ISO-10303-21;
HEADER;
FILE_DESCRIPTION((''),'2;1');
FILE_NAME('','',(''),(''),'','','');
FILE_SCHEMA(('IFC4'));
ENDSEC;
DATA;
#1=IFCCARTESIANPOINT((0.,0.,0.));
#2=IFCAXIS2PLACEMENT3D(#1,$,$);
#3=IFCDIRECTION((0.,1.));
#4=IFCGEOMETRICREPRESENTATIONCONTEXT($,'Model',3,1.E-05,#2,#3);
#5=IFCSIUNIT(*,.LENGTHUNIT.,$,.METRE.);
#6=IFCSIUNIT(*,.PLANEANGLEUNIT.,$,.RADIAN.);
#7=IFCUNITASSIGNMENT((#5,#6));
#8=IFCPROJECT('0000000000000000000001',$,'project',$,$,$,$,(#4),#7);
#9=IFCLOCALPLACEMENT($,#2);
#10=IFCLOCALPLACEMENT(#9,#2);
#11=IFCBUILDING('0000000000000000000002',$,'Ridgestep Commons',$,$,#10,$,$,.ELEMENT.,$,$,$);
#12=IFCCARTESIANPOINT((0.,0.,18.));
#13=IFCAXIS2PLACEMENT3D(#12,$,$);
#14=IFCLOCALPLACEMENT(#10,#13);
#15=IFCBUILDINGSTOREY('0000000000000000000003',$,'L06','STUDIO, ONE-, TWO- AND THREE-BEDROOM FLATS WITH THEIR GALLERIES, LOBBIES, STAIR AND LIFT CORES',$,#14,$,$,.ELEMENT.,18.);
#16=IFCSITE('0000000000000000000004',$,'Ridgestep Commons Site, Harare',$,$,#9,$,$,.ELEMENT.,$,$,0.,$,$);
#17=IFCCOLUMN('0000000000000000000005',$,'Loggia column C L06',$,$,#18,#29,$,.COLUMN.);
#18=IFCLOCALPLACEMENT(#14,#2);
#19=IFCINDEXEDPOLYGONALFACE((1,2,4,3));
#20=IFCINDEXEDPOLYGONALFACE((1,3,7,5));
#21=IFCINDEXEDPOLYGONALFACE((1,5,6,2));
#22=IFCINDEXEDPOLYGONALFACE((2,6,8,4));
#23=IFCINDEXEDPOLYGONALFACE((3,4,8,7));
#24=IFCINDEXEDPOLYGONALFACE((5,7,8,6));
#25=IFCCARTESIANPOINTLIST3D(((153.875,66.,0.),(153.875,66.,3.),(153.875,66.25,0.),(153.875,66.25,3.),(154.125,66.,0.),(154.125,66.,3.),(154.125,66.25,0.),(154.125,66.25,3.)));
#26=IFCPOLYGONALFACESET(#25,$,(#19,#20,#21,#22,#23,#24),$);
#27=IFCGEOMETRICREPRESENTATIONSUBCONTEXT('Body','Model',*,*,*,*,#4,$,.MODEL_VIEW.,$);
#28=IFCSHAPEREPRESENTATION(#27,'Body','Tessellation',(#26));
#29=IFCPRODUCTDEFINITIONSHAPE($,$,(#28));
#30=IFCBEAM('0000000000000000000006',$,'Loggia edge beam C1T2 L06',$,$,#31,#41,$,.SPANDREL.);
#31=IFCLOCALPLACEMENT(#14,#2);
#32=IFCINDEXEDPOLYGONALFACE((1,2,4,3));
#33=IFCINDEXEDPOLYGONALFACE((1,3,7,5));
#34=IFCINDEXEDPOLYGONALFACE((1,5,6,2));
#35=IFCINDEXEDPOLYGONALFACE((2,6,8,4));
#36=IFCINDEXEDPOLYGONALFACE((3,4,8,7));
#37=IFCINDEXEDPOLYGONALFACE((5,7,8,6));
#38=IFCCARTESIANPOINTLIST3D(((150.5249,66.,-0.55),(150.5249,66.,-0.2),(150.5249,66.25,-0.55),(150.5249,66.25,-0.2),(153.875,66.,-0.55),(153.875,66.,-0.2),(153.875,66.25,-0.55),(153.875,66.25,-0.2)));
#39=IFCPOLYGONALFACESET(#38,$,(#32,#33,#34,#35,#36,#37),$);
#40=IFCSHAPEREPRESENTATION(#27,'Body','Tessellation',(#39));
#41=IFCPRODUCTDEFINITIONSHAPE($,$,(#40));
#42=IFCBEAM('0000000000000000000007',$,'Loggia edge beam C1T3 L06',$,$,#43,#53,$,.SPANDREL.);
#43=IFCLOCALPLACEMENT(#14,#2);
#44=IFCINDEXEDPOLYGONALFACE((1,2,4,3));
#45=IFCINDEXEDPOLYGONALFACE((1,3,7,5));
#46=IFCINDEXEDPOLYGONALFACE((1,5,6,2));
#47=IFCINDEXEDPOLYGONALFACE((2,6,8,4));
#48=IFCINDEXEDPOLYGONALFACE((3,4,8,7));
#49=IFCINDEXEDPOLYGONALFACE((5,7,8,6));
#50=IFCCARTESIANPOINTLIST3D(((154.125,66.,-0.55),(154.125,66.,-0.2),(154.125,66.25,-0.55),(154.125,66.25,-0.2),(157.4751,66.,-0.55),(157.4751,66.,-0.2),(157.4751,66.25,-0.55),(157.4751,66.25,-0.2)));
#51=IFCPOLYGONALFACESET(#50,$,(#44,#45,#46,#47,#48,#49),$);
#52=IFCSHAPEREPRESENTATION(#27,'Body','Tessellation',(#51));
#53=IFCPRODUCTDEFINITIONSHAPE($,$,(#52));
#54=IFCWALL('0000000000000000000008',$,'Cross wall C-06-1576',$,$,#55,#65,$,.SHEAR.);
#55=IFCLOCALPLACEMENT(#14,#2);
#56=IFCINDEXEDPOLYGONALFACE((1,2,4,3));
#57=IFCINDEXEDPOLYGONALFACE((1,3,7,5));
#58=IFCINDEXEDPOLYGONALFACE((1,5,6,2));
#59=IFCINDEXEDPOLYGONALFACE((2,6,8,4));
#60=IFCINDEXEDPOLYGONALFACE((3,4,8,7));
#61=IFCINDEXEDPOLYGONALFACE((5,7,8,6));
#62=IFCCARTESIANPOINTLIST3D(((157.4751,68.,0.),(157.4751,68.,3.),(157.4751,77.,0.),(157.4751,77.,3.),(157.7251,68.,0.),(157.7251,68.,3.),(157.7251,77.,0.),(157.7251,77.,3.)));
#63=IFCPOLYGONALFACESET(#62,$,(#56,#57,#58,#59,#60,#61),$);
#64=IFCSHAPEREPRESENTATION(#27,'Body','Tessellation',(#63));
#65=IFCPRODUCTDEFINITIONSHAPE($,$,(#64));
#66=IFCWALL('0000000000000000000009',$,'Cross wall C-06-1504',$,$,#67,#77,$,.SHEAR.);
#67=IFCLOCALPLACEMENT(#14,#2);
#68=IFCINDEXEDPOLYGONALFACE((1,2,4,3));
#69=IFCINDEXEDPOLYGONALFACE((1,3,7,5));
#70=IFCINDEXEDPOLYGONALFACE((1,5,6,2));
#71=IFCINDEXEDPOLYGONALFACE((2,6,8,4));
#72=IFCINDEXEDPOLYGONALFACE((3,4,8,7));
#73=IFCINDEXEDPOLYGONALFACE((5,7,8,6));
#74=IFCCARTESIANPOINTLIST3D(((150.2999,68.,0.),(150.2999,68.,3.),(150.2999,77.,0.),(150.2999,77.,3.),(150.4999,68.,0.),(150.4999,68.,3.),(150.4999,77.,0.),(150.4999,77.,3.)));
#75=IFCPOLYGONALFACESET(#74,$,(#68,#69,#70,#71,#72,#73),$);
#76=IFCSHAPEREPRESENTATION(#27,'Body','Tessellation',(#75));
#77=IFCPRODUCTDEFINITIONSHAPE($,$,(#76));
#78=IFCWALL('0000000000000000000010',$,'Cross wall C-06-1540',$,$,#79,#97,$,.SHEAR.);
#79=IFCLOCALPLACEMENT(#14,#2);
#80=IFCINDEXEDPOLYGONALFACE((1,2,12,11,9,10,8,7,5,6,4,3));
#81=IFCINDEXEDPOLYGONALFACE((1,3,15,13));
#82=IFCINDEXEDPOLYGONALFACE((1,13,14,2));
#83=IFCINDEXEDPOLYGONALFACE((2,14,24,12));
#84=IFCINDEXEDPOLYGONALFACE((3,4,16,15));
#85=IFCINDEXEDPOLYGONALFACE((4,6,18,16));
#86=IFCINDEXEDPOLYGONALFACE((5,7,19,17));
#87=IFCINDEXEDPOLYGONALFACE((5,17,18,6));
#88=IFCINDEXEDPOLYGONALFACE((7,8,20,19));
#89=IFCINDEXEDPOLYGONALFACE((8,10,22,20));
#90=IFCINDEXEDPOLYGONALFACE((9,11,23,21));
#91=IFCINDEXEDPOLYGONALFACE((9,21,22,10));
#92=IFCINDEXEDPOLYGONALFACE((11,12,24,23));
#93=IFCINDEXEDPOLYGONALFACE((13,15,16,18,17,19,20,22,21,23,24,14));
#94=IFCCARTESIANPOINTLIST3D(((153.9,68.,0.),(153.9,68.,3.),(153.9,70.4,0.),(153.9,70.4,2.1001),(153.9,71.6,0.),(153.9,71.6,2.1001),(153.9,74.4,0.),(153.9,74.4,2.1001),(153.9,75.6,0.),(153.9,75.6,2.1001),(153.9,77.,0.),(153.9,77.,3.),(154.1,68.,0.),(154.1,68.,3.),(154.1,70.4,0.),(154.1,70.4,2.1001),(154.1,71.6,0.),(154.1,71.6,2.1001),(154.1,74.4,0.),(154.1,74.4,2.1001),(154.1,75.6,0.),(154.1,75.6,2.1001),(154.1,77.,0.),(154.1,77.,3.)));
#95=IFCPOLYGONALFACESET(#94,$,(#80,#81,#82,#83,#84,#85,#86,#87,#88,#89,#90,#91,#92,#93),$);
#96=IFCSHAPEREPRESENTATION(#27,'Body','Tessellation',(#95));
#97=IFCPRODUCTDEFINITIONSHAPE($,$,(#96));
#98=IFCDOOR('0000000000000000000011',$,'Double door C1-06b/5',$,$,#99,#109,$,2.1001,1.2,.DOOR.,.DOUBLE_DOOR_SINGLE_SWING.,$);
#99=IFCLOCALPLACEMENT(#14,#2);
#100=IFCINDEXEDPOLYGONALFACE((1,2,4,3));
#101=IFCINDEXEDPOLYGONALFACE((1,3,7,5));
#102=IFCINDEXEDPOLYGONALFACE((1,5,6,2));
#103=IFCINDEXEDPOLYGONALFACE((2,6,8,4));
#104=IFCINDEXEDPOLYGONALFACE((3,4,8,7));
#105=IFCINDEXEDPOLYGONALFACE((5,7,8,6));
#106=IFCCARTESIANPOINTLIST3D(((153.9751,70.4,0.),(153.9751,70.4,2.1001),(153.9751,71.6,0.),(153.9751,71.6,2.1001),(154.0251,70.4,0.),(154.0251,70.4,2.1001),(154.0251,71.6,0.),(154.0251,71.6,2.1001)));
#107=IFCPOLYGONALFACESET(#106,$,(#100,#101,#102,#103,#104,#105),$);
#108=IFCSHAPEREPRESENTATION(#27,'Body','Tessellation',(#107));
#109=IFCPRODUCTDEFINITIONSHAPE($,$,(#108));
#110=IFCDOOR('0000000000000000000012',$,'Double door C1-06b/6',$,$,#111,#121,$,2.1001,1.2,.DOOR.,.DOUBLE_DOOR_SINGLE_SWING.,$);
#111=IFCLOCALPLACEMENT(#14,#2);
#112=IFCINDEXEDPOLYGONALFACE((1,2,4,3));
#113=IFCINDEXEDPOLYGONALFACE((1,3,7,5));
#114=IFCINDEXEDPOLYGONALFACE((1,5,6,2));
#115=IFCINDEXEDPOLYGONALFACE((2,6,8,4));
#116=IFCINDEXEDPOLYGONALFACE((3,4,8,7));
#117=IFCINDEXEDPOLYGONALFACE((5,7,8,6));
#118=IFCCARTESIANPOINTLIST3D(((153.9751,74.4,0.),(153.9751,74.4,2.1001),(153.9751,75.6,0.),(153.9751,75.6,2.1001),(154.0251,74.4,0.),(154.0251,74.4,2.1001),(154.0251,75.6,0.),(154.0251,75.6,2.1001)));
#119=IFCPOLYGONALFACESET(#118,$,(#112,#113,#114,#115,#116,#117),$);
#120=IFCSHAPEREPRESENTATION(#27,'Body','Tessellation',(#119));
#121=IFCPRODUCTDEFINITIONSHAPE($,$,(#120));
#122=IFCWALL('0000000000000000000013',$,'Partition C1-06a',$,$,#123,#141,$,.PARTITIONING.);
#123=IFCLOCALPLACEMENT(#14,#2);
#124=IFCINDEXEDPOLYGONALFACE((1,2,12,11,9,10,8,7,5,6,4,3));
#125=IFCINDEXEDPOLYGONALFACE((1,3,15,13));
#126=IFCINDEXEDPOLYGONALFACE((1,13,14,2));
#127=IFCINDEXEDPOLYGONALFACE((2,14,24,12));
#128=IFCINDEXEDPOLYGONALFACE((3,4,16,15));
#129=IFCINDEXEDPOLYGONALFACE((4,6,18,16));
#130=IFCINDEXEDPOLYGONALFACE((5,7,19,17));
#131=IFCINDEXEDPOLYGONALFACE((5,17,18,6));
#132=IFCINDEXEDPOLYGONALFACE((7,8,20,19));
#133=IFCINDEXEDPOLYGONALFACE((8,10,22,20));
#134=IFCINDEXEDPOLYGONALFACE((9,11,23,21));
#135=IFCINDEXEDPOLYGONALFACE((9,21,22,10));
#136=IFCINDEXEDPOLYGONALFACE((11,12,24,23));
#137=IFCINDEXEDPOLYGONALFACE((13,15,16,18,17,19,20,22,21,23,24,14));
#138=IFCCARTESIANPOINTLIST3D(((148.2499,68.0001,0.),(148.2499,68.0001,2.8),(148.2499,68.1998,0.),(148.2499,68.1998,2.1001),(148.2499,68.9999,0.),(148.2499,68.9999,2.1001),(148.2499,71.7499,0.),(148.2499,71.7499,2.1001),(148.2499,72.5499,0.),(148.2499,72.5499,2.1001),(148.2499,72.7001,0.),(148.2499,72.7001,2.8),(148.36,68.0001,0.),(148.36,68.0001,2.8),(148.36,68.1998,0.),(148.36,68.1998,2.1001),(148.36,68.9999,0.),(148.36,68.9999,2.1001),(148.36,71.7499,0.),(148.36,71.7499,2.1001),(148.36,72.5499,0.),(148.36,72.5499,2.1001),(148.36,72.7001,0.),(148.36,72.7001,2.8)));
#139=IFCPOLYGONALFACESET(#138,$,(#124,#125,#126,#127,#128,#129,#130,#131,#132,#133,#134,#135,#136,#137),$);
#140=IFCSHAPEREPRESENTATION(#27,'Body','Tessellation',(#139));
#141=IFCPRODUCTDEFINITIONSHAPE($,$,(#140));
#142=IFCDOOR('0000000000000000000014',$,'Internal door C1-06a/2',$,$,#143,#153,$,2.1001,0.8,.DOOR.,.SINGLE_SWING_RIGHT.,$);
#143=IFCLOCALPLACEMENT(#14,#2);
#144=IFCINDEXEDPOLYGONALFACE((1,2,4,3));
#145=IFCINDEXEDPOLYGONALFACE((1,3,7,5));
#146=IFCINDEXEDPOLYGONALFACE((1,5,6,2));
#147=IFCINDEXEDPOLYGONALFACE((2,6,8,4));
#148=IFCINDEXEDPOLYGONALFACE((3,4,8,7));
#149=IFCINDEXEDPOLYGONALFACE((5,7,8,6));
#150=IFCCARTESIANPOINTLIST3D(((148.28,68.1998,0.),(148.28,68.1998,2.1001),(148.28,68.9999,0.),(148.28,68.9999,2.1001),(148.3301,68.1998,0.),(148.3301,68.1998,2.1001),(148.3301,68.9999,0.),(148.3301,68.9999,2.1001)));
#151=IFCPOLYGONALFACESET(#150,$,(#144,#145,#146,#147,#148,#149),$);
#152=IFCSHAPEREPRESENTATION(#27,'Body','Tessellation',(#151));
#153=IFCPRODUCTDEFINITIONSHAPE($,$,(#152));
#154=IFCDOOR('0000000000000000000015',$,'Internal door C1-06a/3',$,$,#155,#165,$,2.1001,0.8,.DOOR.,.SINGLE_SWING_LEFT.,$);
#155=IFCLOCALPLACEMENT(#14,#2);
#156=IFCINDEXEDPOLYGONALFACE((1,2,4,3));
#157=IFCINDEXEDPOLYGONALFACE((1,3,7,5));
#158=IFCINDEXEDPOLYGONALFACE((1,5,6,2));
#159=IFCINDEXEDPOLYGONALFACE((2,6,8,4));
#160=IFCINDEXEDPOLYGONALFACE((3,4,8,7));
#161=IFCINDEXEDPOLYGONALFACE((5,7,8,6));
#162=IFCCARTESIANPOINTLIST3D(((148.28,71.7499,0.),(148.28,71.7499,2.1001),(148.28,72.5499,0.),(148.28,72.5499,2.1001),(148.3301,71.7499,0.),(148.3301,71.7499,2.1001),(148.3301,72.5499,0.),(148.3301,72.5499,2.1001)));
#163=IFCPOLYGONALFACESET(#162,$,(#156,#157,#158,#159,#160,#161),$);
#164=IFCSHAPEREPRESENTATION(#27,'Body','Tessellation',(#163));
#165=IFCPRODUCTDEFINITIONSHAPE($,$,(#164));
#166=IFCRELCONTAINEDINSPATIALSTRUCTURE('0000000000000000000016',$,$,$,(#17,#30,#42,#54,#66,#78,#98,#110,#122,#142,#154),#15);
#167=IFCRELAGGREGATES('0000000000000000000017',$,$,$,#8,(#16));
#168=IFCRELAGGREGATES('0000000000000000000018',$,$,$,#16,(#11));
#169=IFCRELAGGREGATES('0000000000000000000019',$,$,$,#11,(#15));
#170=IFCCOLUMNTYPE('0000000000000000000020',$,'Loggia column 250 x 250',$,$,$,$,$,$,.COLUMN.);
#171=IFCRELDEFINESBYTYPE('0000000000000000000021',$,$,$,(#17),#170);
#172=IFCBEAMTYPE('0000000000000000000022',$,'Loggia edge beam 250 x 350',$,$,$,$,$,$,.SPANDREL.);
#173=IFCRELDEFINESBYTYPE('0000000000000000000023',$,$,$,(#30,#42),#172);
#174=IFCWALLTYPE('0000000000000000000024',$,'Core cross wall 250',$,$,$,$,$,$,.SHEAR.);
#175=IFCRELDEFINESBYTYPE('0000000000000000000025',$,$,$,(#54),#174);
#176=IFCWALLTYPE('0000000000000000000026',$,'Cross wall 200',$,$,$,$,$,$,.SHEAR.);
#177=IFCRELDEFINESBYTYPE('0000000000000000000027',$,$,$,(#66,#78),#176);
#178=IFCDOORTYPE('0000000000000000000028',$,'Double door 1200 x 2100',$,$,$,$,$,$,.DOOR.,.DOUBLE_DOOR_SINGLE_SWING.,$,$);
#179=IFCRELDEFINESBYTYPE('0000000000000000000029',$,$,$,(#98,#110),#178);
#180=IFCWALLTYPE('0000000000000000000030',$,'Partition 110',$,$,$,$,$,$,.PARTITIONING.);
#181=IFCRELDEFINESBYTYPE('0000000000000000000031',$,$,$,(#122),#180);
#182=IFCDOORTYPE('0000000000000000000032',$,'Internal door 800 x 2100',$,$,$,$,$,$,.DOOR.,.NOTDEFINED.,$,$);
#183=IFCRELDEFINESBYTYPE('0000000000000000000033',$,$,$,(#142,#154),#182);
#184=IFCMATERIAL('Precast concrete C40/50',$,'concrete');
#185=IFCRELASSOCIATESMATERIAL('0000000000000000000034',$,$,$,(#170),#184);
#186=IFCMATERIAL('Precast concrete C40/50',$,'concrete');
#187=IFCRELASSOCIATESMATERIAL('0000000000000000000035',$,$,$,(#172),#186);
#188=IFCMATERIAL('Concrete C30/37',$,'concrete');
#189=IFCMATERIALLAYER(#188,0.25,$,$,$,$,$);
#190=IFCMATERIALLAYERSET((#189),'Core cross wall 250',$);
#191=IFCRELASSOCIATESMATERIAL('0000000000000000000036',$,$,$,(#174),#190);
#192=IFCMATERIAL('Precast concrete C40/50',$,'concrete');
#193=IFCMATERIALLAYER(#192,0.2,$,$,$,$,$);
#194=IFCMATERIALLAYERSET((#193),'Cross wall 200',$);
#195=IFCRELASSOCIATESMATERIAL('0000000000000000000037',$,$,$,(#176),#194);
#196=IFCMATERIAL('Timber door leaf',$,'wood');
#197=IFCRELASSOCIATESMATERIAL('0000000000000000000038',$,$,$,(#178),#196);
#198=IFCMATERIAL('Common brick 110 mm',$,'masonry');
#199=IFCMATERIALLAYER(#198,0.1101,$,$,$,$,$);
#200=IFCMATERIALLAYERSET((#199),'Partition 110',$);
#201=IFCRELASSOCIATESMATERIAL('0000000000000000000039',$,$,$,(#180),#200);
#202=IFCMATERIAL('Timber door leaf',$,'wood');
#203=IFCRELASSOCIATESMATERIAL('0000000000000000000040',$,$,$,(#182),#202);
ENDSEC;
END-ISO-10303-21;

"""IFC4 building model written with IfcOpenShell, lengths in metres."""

from ifc_helpers import new_model, si_unit, direction, frame, frame_2d, origin, origin_2d, place, context, subcontext, project, spatial, rectangle, extrude, material, layer, layer_set, material_profile, profile_set, type_object, element, fill, save


model = new_model("IFC4")

# Units and contexts
model_context = context("Model", 3, precision=1e-05, world=origin(), true_north=direction((0.0, 1.0)))
body_context = subcontext(model_context, "Body", "Model", "MODEL_VIEW")
ifc_project = project(units=[si_unit("LENGTHUNIT", "METRE"), si_unit("PLANEANGLEUNIT", "RADIAN")], contexts=[model_context])

# Site, building, storey
site_placement = place(None, origin())
site = spatial("IfcSite", under=ifc_project, at=site_placement, Name="Ridgestep Commons Site, Harare", CompositionType="ELEMENT", RefElevation=0.0)
building_placement = place(site_placement, origin())
building = spatial("IfcBuilding", under=site, at=building_placement, Name="Ridgestep Commons", CompositionType="ELEMENT")
storey_placement = place(building_placement, frame((0.0, 0.0, 18.0)))
storey = spatial("IfcBuildingStorey", under=building, at=storey_placement, Name="L06", Description="STUDIO, ONE-, TWO- AND THREE-BEDROOM FLATS WITH THEIR GALLERIES, LOBBIES, STAIR AND LIFT CORES", CompositionType="ELEMENT", Elevation=18.0)

# Column
ifc_material_1 = material(Name="Precast concrete C40/50", Category="concrete")
ifc_material_profile_1 = material_profile(ifc_material_1, rectangle(XDim=0.25, YDim=0.25, at=origin_2d()), Name="PC 250x250")
ifc_profile_set_1 = profile_set([ifc_material_profile_1], Name="Precast concrete C40/50")
column_type = type_object("IfcColumnType", Name="Loggia column 250 x 250", PredefinedType="COLUMN", material=ifc_profile_set_1)
column_placement = place(storey_placement, frame((154.0, 66.125, 0.0), z_axis=(0.0, 0.0, 1.0), x_axis=(1.0, 0.0, 0.0)))
element("IfcColumn", 1, at=column_placement, inside=storey, type_object=column_type, Name="Loggia column C L06", PredefinedType="COLUMN", context=body_context, shape_type="SweptSolid", body=[
    extrude(rectangle(XDim=0.25, YDim=0.25, at=origin_2d()), origin(), (0.0, 0.0, 1.0), 3.0),
])

# Beams
ifc_material_2 = material(Name="Precast concrete C40/50", Category="concrete")
ifc_material_profile_2 = material_profile(ifc_material_2, rectangle(XDim=0.25, YDim=0.3501, at=origin_2d()), Name="PC 250x350")
ifc_profile_set_2 = profile_set([ifc_material_profile_2], Name="Precast concrete C40/50")
beam_type = type_object("IfcBeamType", Name="Loggia edge beam 250 x 350", PredefinedType="SPANDREL", material=ifc_profile_set_2)
for number, where, z_axis, x_axis, name in (
    (2, (150.5249, 66.125, -0.375), (1.0, 0.0, 0.0), (0.0, 1.0, 0.0), "Loggia edge beam C1T2 L06"),
    (3, (154.125, 66.125, -0.375), (1.0, 0.0, 0.0), (0.0, 1.0, 0.0), "Loggia edge beam C1T3 L06"),
):
    element("IfcBeam", number, at=place(storey_placement, frame(where, z_axis=z_axis, x_axis=x_axis)), inside=storey, type_object=beam_type, Name=name, PredefinedType="SPANDREL", context=body_context, shape_type="SweptSolid", body=[
        extrude(rectangle(XDim=0.25, YDim=0.3501, at=origin_2d()), origin(), (0.0, 0.0, 1.0), 3.3501),
    ])

# Walls
ifc_material_3 = material(Name="Concrete C30/37", Category="concrete")
ifc_layer_1 = layer(ifc_material_3, 0.25)
ifc_layer_set_1 = layer_set([ifc_layer_1], Name="Core cross wall 250")
wall_type_1 = type_object("IfcWallType", Name="Core cross wall 250", PredefinedType="SHEAR", material=ifc_layer_set_1)
wall_1_placement = place(storey_placement, frame((157.6001, 68.0, 0.0), z_axis=(0.0, 0.0, 1.0), x_axis=(0.0, 1.0, 0.0)))
element("IfcWall", 4, at=wall_1_placement, inside=storey, type_object=wall_type_1, Name="Cross wall C-06-1576", PredefinedType="SHEAR", context=body_context, shape_type="SweptSolid", body=[
    extrude(rectangle(XDim=9.0, YDim=0.25, at=frame_2d((4.5, 0.0))), origin(), (0.0, 0.0, 1.0), 3.0),
])
ifc_material_4 = material(Name="Precast concrete C40/50", Category="concrete")
ifc_layer_2 = layer(ifc_material_4, 0.2)
ifc_layer_set_2 = layer_set([ifc_layer_2], Name="Cross wall 200")
wall_type_2 = type_object("IfcWallType", Name="Cross wall 200", PredefinedType="SHEAR", material=ifc_layer_set_2)
wall_2_placement = place(storey_placement, frame((150.3999, 68.0, 0.0), z_axis=(0.0, 0.0, 1.0), x_axis=(0.0, 1.0, 0.0)))
element("IfcWall", 5, at=wall_2_placement, inside=storey, type_object=wall_type_2, Name="Cross wall C-06-1504", PredefinedType="SHEAR", context=body_context, shape_type="SweptSolid", body=[
    extrude(rectangle(XDim=9.0, YDim=0.2, at=frame_2d((4.5, 0.0))), origin(), (0.0, 0.0, 1.0), 3.0),
])

# Walls, openings, doors
wall_3_placement = place(storey_placement, frame((154.0, 68.0, 0.0), z_axis=(0.0, 0.0, 1.0), x_axis=(0.0, 1.0, 0.0)))
wall_3 = element("IfcWall", 6, at=wall_3_placement, inside=storey, type_object=wall_type_2, Name="Cross wall C-06-1540", PredefinedType="SHEAR", context=body_context, shape_type="SweptSolid", body=[
    extrude(rectangle(XDim=9.0, YDim=0.2, at=frame_2d((4.5, 0.0))), origin(), (0.0, 0.0, 1.0), 3.0),
])
opening_1_placement = place(wall_3_placement, frame((2.3999, 0.0, 0.0)))
opening_1 = element("IfcOpeningElement", 7, at=opening_1_placement, cuts=wall_3, PredefinedType="OPENING", context=body_context, shape_type="SweptSolid", body=[
    extrude(rectangle(XDim=1.2, YDim=2.1001, at=frame_2d((0.6001, 1.05))), frame((0.0, 0.1099, 0.0), z_axis=(0.0, -1.0, 0.0), x_axis=(1.0, 0.0, 0.0)), (0.0, 0.0, 1.0), 0.22),
])
opening_2_placement = place(wall_3_placement, frame((6.3999, 0.0, 0.0)))
opening_2 = element("IfcOpeningElement", 8, at=opening_2_placement, cuts=wall_3, PredefinedType="OPENING", context=body_context, shape_type="SweptSolid", body=[
    extrude(rectangle(XDim=1.2, YDim=2.1001, at=frame_2d((0.6001, 1.05))), frame((0.0, 0.1099, 0.0), z_axis=(0.0, -1.0, 0.0), x_axis=(1.0, 0.0, 0.0)), (0.0, 0.0, 1.0), 0.22),
])
ifc_material_5 = material(Name="Timber door leaf", Category="wood")
door_type_1 = type_object("IfcDoorType", Name="Double door 1200 x 2100", OperationType="DOUBLE_DOOR_SINGLE_SWING", PredefinedType="DOOR", material=ifc_material_5)
door_1_placement = place(opening_1_placement, origin())
door_1 = element("IfcDoor", 9, at=door_1_placement, inside=storey, type_object=door_type_1, Name="Double door C1-06b/5", OperationType="DOUBLE_DOOR_SINGLE_SWING", OverallHeight=2.1001, OverallWidth=1.2, PredefinedType="DOOR", context=body_context, shape_type="SweptSolid", body=[
    extrude(rectangle(XDim=1.2, YDim=2.1001, at=frame_2d((0.6001, 1.05))), frame((0.0, 0.0249, 0.0), z_axis=(0.0, -1.0, 0.0), x_axis=(1.0, 0.0, 0.0)), (0.0, 0.0, 1.0), 0.05),
])
fill(opening_1, door_1)
door_2_placement = place(opening_2_placement, origin())
door_2 = element("IfcDoor", 10, at=door_2_placement, inside=storey, type_object=door_type_1, Name="Double door C1-06b/6", OperationType="DOUBLE_DOOR_SINGLE_SWING", OverallHeight=2.1001, OverallWidth=1.2, PredefinedType="DOOR", context=body_context, shape_type="SweptSolid", body=[
    extrude(rectangle(XDim=1.2, YDim=2.1001, at=frame_2d((0.6001, 1.05))), frame((0.0, 0.0249, 0.0), z_axis=(0.0, -1.0, 0.0), x_axis=(1.0, 0.0, 0.0)), (0.0, 0.0, 1.0), 0.05),
])
fill(opening_2, door_2)
ifc_material_6 = material(Name="Common brick 110 mm", Category="masonry")
ifc_layer_3 = layer(ifc_material_6, 0.1101)
ifc_layer_set_3 = layer_set([ifc_layer_3], Name="Partition 110")
wall_type_3 = type_object("IfcWallType", Name="Partition 110", PredefinedType="PARTITIONING", material=ifc_layer_set_3)
wall_4_placement = place(storey_placement, frame((148.3049, 68.0, 0.0), z_axis=(0.0, 0.0, 1.0), x_axis=(0.0, 1.0, 0.0)))
wall_4 = element("IfcWall", 11, at=wall_4_placement, inside=storey, type_object=wall_type_3, Name="Partition C1-06a", PredefinedType="PARTITIONING", context=body_context, shape_type="SweptSolid", body=[
    extrude(rectangle(XDim=4.7, YDim=0.1101, at=frame_2d((2.3501, 0.0))), origin(), (0.0, 0.0, 1.0), 2.8),
])
opening_3_placement = place(wall_4_placement, frame((0.2, 0.0, 0.0)))
opening_3 = element("IfcOpeningElement", 12, at=opening_3_placement, cuts=wall_4, PredefinedType="OPENING", context=body_context, shape_type="SweptSolid", body=[
    extrude(rectangle(XDim=0.8, YDim=2.1001, at=frame_2d((0.3999, 1.05))), frame((0.0, 0.0649, 0.0), z_axis=(0.0, -1.0, 0.0), x_axis=(1.0, 0.0, 0.0)), (0.0, 0.0, 1.0), 0.1301),
])
opening_4_placement = place(wall_4_placement, frame((3.75, 0.0, 0.0)))
opening_4 = element("IfcOpeningElement", 13, at=opening_4_placement, cuts=wall_4, PredefinedType="OPENING", context=body_context, shape_type="SweptSolid", body=[
    extrude(rectangle(XDim=0.8, YDim=2.1001, at=frame_2d((0.3999, 1.05))), frame((0.0, 0.0649, 0.0), z_axis=(0.0, -1.0, 0.0), x_axis=(1.0, 0.0, 0.0)), (0.0, 0.0, 1.0), 0.1301),
])
ifc_material_7 = material(Name="Timber door leaf", Category="wood")
door_type_2 = type_object("IfcDoorType", Name="Internal door 800 x 2100", OperationType="NOTDEFINED", PredefinedType="DOOR", material=ifc_material_7)
door_3_placement = place(opening_3_placement, origin())
door_3 = element("IfcDoor", 14, at=door_3_placement, inside=storey, type_object=door_type_2, Name="Internal door C1-06a/2", OperationType="SINGLE_SWING_RIGHT", OverallHeight=2.1001, OverallWidth=0.8, PredefinedType="DOOR", context=body_context, shape_type="SweptSolid", body=[
    extrude(rectangle(XDim=0.8, YDim=2.1001, at=frame_2d((0.3999, 1.05))), frame((0.0, 0.0249, 0.0), z_axis=(0.0, -1.0, 0.0), x_axis=(1.0, 0.0, 0.0)), (0.0, 0.0, 1.0), 0.05),
])
fill(opening_3, door_3)
door_4_placement = place(opening_4_placement, origin())
door_4 = element("IfcDoor", 15, at=door_4_placement, inside=storey, type_object=door_type_2, Name="Internal door C1-06a/3", OperationType="SINGLE_SWING_LEFT", OverallHeight=2.1001, OverallWidth=0.8, PredefinedType="DOOR", context=body_context, shape_type="SweptSolid", body=[
    extrude(rectangle(XDim=0.8, YDim=2.1001, at=frame_2d((0.3999, 1.05))), frame((0.0, 0.0249, 0.0), z_axis=(0.0, -1.0, 0.0), x_axis=(1.0, 0.0, 0.0)), (0.0, 0.0, 1.0), 0.05),
])
fill(opening_4, door_4)

save(model, "model.ifc")
